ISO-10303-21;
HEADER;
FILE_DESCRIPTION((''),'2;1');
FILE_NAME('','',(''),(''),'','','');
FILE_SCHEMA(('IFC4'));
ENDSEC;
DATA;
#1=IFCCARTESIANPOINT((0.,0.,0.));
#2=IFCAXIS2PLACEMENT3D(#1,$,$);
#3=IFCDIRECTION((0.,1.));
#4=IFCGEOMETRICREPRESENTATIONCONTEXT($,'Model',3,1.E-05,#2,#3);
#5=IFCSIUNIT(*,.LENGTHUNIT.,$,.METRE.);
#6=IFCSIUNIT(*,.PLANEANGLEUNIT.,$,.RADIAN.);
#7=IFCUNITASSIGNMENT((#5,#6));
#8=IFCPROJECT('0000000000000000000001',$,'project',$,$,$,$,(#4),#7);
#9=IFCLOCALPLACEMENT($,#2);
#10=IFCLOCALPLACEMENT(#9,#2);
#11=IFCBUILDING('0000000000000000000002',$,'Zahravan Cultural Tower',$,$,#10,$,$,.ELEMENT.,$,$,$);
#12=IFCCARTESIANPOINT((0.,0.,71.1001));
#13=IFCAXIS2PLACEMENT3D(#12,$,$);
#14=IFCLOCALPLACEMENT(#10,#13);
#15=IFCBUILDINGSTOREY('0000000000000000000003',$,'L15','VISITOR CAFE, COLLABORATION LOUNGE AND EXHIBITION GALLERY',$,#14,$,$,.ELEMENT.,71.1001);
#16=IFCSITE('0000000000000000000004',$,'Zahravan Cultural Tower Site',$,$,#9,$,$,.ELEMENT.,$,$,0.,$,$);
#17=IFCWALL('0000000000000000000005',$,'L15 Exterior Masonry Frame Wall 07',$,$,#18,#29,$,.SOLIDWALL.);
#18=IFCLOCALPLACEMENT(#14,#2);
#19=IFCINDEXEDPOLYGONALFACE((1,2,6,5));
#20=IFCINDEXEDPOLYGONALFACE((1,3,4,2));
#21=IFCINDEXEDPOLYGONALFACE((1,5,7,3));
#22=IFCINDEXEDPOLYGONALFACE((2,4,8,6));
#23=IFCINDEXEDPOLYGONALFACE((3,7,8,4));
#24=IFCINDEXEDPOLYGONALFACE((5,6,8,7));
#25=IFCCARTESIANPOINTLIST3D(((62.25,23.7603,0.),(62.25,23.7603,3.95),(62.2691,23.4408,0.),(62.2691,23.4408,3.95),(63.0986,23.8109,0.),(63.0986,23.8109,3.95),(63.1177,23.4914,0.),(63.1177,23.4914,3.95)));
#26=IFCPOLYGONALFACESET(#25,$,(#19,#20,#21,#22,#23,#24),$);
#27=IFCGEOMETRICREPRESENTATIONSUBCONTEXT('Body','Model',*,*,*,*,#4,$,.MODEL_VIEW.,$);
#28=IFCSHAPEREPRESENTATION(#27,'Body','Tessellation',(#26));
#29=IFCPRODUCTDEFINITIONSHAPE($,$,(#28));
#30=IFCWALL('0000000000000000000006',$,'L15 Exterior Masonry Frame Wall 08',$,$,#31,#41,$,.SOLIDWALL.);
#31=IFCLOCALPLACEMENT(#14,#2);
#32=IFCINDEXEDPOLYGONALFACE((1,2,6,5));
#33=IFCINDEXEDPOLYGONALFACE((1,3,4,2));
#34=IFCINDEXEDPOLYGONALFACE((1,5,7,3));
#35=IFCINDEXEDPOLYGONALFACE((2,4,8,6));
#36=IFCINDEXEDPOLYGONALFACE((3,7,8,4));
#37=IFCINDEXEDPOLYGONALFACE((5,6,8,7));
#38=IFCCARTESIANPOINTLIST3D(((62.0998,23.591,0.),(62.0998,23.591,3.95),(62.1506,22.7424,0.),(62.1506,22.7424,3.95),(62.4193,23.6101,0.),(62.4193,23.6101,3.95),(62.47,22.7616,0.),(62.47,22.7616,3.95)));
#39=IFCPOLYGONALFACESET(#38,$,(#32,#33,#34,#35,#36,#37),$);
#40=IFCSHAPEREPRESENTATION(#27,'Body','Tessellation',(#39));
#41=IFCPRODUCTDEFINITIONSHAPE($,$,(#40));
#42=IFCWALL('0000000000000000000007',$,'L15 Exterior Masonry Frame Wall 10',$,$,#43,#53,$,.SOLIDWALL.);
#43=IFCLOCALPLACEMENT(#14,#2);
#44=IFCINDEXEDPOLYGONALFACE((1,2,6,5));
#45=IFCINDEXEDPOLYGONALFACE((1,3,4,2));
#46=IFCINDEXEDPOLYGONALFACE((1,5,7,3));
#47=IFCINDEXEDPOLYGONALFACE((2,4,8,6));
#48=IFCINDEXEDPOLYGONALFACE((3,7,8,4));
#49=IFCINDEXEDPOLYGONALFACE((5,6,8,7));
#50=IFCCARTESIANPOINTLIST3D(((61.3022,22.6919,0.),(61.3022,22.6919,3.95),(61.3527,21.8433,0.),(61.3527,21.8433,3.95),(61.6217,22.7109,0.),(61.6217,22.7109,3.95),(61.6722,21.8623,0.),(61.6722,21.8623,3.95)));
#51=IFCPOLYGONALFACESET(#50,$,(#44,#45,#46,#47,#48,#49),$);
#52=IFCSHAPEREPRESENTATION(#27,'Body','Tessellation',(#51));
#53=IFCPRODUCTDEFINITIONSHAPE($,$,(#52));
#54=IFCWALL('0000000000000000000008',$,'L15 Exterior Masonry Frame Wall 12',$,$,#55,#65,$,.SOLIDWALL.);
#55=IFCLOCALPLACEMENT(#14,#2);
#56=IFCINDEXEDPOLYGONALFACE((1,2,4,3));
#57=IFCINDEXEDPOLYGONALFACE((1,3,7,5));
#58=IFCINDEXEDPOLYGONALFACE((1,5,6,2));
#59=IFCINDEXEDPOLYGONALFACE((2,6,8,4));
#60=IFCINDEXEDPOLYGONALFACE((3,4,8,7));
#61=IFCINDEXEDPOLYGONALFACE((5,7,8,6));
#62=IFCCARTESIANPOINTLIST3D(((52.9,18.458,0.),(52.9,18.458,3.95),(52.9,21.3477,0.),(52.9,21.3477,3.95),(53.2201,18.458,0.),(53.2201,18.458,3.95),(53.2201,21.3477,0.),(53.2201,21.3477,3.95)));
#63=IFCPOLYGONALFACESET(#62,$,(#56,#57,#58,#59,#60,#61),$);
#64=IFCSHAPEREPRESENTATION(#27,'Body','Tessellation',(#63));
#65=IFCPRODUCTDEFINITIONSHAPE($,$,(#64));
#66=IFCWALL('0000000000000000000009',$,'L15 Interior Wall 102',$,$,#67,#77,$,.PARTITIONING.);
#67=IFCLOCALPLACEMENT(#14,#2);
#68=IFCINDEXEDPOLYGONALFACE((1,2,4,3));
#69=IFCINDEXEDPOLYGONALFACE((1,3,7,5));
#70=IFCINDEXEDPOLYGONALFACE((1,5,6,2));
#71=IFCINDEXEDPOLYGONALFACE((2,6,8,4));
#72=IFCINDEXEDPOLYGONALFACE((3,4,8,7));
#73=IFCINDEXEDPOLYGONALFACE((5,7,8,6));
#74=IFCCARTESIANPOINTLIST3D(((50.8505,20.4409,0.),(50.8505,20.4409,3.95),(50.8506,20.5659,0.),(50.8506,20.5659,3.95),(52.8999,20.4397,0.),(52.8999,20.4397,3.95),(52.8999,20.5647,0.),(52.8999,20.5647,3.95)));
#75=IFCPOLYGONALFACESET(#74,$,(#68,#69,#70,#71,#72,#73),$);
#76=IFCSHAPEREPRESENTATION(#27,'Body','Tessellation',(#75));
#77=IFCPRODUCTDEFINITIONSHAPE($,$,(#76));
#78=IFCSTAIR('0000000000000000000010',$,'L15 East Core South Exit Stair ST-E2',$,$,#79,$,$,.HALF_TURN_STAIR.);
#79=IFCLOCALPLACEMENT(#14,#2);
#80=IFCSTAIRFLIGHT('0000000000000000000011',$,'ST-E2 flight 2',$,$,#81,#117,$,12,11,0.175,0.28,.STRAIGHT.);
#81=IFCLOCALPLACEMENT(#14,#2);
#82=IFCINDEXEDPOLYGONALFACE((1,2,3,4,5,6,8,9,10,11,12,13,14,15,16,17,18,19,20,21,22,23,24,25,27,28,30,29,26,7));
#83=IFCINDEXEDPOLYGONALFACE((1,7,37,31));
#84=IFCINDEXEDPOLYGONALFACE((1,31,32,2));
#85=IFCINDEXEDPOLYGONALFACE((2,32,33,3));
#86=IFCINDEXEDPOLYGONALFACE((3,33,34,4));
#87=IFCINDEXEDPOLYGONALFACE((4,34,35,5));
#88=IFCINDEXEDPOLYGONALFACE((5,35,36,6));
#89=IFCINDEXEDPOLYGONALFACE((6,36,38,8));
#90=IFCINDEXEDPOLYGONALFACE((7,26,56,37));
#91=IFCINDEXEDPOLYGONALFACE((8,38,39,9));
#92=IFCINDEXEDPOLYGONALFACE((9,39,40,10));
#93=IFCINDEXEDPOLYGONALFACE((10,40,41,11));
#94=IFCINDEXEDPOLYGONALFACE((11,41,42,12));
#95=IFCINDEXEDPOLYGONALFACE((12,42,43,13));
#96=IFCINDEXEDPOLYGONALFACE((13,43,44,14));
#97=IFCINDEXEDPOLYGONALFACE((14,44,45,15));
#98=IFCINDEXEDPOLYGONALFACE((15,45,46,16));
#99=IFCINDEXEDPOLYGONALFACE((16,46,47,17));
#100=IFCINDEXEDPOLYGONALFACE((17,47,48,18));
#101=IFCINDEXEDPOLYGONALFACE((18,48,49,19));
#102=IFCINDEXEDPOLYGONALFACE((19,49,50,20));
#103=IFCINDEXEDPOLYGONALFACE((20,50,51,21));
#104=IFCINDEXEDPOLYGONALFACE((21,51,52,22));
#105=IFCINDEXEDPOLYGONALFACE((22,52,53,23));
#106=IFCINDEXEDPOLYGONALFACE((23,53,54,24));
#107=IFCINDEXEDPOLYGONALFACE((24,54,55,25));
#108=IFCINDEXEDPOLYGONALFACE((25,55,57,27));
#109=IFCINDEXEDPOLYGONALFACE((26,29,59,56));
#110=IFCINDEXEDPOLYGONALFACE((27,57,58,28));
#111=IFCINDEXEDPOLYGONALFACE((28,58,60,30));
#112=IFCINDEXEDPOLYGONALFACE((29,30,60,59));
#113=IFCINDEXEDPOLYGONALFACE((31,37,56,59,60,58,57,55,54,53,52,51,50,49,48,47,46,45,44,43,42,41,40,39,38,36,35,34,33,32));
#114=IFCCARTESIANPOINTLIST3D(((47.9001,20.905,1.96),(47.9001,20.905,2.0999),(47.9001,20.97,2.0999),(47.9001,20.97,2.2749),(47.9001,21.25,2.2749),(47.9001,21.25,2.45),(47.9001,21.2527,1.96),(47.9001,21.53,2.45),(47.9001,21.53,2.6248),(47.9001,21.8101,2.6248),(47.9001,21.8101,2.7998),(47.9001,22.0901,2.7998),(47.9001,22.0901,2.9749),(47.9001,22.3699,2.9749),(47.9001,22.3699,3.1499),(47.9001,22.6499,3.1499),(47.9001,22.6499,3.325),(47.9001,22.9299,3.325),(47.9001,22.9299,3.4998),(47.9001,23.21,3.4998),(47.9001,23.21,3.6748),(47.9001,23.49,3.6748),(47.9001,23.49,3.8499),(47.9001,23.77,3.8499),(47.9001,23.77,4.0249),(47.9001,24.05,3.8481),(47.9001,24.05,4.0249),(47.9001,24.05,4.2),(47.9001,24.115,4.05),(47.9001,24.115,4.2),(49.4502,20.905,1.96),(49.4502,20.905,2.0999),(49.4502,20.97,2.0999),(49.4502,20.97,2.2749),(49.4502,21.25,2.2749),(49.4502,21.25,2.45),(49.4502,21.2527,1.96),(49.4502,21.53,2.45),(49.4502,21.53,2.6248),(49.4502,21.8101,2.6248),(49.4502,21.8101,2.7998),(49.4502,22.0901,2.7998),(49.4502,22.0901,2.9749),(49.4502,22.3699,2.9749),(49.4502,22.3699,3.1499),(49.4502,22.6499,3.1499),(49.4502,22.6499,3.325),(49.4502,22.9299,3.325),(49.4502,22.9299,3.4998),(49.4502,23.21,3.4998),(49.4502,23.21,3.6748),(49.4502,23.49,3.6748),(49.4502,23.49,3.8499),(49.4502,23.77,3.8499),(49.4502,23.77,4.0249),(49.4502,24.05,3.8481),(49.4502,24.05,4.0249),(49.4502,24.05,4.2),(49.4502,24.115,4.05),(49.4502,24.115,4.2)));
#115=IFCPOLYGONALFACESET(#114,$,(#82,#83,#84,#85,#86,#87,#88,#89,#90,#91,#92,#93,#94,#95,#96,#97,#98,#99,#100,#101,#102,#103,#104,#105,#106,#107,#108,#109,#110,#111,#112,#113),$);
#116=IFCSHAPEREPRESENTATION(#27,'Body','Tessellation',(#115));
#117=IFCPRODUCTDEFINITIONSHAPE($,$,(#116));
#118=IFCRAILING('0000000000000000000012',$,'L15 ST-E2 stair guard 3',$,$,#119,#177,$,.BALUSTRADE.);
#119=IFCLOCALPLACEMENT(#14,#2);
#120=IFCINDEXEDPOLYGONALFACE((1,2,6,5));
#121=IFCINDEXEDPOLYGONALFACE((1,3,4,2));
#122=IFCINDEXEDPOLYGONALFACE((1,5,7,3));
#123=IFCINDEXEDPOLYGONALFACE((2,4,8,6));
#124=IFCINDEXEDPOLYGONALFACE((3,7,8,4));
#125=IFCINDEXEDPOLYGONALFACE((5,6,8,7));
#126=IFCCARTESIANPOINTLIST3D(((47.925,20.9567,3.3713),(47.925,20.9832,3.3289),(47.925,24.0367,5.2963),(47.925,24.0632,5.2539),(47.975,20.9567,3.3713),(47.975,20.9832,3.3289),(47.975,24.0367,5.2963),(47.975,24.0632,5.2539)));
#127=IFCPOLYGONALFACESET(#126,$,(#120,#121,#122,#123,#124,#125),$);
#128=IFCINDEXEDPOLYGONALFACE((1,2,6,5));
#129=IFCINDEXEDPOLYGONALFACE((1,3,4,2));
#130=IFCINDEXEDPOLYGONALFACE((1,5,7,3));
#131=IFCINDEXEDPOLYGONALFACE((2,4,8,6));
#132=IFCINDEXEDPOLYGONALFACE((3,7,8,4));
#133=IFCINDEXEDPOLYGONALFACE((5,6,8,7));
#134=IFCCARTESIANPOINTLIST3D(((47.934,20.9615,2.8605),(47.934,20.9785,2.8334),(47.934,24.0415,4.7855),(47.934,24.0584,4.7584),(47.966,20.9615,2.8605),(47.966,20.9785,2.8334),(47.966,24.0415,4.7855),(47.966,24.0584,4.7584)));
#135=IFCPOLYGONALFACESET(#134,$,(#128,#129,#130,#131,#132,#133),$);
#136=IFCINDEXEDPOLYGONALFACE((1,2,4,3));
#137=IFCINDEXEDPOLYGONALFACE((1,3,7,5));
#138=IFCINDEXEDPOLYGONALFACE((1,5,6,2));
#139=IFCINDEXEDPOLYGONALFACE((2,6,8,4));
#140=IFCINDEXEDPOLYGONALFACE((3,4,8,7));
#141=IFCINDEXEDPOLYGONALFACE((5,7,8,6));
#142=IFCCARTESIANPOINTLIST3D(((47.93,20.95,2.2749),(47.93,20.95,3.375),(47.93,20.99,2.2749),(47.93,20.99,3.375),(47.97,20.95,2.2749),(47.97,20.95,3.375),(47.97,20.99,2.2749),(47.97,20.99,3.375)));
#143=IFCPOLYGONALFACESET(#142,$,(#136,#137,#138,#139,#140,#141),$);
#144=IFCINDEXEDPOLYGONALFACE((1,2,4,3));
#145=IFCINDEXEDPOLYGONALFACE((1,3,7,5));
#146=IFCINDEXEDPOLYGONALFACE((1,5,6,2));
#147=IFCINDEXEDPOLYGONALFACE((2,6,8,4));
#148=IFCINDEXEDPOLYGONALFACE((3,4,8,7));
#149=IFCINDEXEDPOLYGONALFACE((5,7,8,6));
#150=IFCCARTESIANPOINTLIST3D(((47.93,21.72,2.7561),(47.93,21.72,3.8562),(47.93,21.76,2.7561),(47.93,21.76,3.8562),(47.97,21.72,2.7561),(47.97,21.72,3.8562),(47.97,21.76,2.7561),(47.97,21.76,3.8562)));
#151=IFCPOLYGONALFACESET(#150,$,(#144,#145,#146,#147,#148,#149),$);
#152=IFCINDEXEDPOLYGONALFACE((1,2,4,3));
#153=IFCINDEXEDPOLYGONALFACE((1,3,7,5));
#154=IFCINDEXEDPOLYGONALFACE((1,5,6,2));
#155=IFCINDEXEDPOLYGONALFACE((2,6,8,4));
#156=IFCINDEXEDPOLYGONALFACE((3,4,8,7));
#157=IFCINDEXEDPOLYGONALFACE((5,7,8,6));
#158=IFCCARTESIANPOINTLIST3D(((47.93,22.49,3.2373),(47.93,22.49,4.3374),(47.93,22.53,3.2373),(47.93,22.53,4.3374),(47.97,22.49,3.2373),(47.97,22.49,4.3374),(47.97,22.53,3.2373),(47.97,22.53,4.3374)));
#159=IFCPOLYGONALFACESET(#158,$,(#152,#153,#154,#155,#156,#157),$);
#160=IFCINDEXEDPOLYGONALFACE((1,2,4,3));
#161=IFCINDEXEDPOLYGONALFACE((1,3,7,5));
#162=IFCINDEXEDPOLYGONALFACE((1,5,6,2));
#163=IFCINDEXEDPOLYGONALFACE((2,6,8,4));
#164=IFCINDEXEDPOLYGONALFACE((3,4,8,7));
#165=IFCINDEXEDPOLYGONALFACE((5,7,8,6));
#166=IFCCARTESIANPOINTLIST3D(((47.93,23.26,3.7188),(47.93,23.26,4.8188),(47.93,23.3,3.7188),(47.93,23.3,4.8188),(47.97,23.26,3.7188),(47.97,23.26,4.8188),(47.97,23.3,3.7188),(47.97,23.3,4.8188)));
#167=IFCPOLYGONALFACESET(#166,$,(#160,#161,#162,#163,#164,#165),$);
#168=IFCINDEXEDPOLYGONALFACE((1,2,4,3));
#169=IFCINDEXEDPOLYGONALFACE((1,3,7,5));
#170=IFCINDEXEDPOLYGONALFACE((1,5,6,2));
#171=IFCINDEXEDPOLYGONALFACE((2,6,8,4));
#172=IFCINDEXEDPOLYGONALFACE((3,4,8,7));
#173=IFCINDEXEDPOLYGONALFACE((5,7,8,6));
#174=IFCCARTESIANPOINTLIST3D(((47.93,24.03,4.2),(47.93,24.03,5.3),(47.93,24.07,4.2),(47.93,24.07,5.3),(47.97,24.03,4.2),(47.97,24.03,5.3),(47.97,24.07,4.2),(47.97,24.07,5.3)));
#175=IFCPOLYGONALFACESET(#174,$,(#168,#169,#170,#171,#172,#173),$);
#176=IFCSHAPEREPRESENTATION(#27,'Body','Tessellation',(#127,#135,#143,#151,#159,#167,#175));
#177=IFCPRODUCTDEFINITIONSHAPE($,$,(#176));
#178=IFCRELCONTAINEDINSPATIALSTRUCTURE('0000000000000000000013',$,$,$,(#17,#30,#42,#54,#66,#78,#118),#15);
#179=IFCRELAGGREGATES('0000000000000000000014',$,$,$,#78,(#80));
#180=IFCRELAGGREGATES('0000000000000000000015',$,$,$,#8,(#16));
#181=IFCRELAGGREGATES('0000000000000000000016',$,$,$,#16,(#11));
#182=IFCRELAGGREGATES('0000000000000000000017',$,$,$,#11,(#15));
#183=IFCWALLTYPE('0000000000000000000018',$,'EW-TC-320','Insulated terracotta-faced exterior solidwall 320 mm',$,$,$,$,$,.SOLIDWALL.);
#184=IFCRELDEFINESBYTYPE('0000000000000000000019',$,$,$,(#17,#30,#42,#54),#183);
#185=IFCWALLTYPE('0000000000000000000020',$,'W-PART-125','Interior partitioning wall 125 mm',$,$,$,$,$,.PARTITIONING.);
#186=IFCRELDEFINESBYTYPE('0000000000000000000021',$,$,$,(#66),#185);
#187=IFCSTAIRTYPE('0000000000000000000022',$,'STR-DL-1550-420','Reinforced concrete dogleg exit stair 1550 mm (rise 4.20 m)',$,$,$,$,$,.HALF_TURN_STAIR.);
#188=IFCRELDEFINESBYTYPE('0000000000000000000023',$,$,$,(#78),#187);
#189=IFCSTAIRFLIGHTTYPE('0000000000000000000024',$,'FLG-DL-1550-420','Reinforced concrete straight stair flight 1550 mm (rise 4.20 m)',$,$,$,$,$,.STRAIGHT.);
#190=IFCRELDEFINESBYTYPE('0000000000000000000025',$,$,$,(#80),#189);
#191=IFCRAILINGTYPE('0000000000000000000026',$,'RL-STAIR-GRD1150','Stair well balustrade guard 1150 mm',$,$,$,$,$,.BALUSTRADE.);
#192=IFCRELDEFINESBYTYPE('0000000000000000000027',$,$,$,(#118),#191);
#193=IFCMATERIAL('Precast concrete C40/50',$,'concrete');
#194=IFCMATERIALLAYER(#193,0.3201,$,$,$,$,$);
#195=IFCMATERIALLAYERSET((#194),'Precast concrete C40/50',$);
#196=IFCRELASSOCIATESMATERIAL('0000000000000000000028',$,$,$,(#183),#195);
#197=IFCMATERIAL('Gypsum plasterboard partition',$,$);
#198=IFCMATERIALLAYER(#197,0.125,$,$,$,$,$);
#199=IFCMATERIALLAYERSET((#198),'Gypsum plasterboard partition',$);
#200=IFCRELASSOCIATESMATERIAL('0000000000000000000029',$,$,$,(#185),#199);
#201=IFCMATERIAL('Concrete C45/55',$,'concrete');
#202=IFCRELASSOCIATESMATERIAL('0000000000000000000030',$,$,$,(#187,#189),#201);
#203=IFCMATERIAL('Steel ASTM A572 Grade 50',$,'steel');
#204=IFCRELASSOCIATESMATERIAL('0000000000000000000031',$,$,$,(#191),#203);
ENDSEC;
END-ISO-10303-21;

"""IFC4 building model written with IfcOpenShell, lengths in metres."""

from ifc_helpers import new_model, si_unit, direction, frame, frame_2d, origin, origin_2d, place, context, subcontext, project, spatial, polyline, rectangle, outline, extrude, source, transform, mapped, material, layer, layer_set, type_object, element, aggregate, save


model = new_model("IFC4")

# Units and contexts
model_context = context("Model", 3, precision=1e-05, world=origin(), true_north=direction((0.0, 1.0)))
body_context = subcontext(model_context, "Body", "Model", "MODEL_VIEW")
ifc_project = project(units=[si_unit("LENGTHUNIT", "METRE"), si_unit("PLANEANGLEUNIT", "RADIAN")], contexts=[model_context])

# Site, building, storey
site_placement = place(None, origin())
site = spatial("IfcSite", under=ifc_project, at=site_placement, Name="Zahravan Cultural Tower Site", CompositionType="ELEMENT", RefElevation=0.0)
building_placement = place(site_placement, origin())
building = spatial("IfcBuilding", under=site, at=building_placement, Name="Zahravan Cultural Tower", CompositionType="ELEMENT")
storey_placement = place(building_placement, frame((0.0, 0.0, 71.1001)))
storey = spatial("IfcBuildingStorey", under=building, at=storey_placement, Name="L15", Description="VISITOR CAFE, COLLABORATION LOUNGE AND EXHIBITION GALLERY", CompositionType="ELEMENT", Elevation=71.1001)

# Shared definitions
ifc_material_1 = material(Name="Steel ASTM A572 Grade 50", Category="steel")

# Shared definitions
ifc_material_2 = material(Name="Precast concrete C40/50", Category="concrete")
ifc_layer_1 = layer(ifc_material_2, 0.3201)
ifc_layer_set_1 = layer_set([ifc_layer_1], Name="Precast concrete C40/50")
wall_type_1 = type_object("IfcWallType", Name="EW-TC-320", Description="Insulated terracotta-faced exterior solidwall 320 mm", PredefinedType="SOLIDWALL", material=ifc_layer_set_1)

# Shared definitions
ifc_material_3 = material(Name="Gypsum plasterboard partition")
ifc_layer_2 = layer(ifc_material_3, 0.125)
ifc_layer_set_2 = layer_set([ifc_layer_2], Name="Gypsum plasterboard partition")
wall_type_2 = type_object("IfcWallType", Name="W-PART-125", Description="Interior partitioning wall 125 mm", PredefinedType="PARTITIONING", material=ifc_layer_set_2)

# Walls
shared_shape_1 = source(origin(), body_context, "Body", "SweptSolid", [
    extrude(rectangle(XDim=0.8501, YDim=0.3201, at=frame_2d((0.425, 0.0))), origin(), (0.0, 0.0, 1.0), 3.95),
])
for number, where, z_axis, x_axis, name in (
    (1, (63.1082, 23.6511, 0.0), (0.0, 0.0, 1.0), (-0.998232, -0.059446, 0.0), "L15 Exterior Masonry Frame Wall 07"),
    (2, (62.2595, 23.6006, 0.0), (0.0, 0.0, 1.0), (0.059732, -0.998214, 0.0), "L15 Exterior Masonry Frame Wall 08"),
    (3, (61.4619, 22.7014, 0.0), (0.0, 0.0, 1.0), (0.059446, -0.998232, 0.0), "L15 Exterior Masonry Frame Wall 10"),
):
    element("IfcWall", number, at=place(storey_placement, frame(where, z_axis=z_axis, x_axis=x_axis)), inside=storey, type_object=wall_type_1, Name=name, PredefinedType="SOLIDWALL", context=body_context, shape_type="MappedRepresentation", body=[
        mapped(shared_shape_1, transform((0.0, 0.0, 0.0), x_axis=(1.0, 0.0, 0.0), y_axis=(0.0, 1.0, 0.0), z_axis=(0.0, 0.0, 1.0), scale=1.0)),
    ])
shared_shape_2 = source(origin(), body_context, "Body", "SweptSolid", [
    extrude(rectangle(XDim=2.8896, YDim=0.3201, at=frame_2d((1.4448, 0.0))), origin(), (0.0, 0.0, 1.0), 3.95),
])
wall_1_placement = place(storey_placement, frame((53.0601, 21.3477, 0.0), z_axis=(0.0, 0.0, 1.0), x_axis=(0.0, -1.0, 0.0)))
element("IfcWall", 4, at=wall_1_placement, inside=storey, type_object=wall_type_1, Name="L15 Exterior Masonry Frame Wall 12", PredefinedType="SOLIDWALL", context=body_context, shape_type="MappedRepresentation", body=[
    mapped(shared_shape_2, transform((0.0, 0.0, 0.0), x_axis=(1.0, 0.0, 0.0), y_axis=(0.0, 1.0, 0.0), z_axis=(0.0, 0.0, 1.0), scale=1.0)),
])
shared_shape_3 = source(origin(), body_context, "Body", "SweptSolid", [
    extrude(rectangle(XDim=2.0493, YDim=0.125, at=frame_2d((1.0247, 0.0))), origin(), (0.0, 0.0, 1.0), 3.95),
])
wall_2_placement = place(storey_placement, frame((50.8506, 20.5034, 0.0), z_axis=(0.0, 0.0, 1.0), x_axis=(1.0, -0.000596, 0.0)))
element("IfcWall", 5, at=wall_2_placement, inside=storey, type_object=wall_type_2, Name="L15 Interior Wall 102", PredefinedType="PARTITIONING", context=body_context, shape_type="MappedRepresentation", body=[
    mapped(shared_shape_3, transform((0.0, 0.0, 0.0), x_axis=(1.0, 0.0, 0.0), y_axis=(0.0, 1.0, 0.0), z_axis=(0.0, 0.0, 1.0), scale=1.0)),
])

# Stair, stair flight
ifc_material_4 = material(Name="Concrete C45/55", Category="concrete")
stair_type = type_object("IfcStairType", Name="STR-DL-1550-420", Description="Reinforced concrete dogleg exit stair 1550 mm (rise 4.20 m)", PredefinedType="HALF_TURN_STAIR", material=ifc_material_4)
stair_placement = place(storey_placement, origin())
stair = element("IfcStair", 6, at=stair_placement, inside=storey, type_object=stair_type, Name="L15 East Core South Exit Stair ST-E2", PredefinedType="HALF_TURN_STAIR")
stair_flight_type = type_object("IfcStairFlightType", Name="FLG-DL-1550-420", Description="Reinforced concrete straight stair flight 1550 mm (rise 4.20 m)", PredefinedType="STRAIGHT", material=ifc_material_4)
stair_flight_placement = place(storey_placement, frame((48.675, 20.97, 2.0999), z_axis=(0.0, 0.0, 1.0), x_axis=(0.0, 1.0, 0.0)))
stair_flight = element("IfcStairFlight", 7, at=stair_flight_placement, type_object=stair_flight_type, Name="ST-E2 flight 2", NumberOfRisers=12, NumberOfTreads=11, PredefinedType="STRAIGHT", RiserHeight=0.175, TreadLength=0.28, context=body_context, shape_type="SweptSolid", body=[
    extrude(outline(polyline([(-0.0649, -0.1399), (-0.0649, 0.0), (0.0, 0.0), (0.0, 0.175), (0.28, 0.175), (0.28, 0.3501), (0.5601, 0.3501), (0.5601, 0.5249), (0.8401, 0.5249), (0.8401, 0.7), (1.1201, 0.7), (1.1201, 0.875), (1.3999, 0.875), (1.3999, 1.05), (1.6799, 1.05), (1.6799, 1.2251), (1.96, 1.2251), (1.96, 1.3999), (2.24, 1.3999), (2.24, 1.575), (2.52, 1.575), (2.52, 1.75), (2.8, 1.75), (2.8, 1.925), (3.0801, 1.925), (3.0801, 2.1001), (3.145, 2.1001), (3.145, 1.9502), (3.0801, 1.7483), (0.2827, -0.1399), (-0.0649, -0.1399)])), frame((0.0, 0.7749, 0.0), z_axis=(0.0, -1.0, 0.0), x_axis=(1.0, 0.0, 0.0)), (0.0, 0.0, 1.0), 1.55),
])
aggregate(stair, [stair_flight])

# Railing
railing_type_1 = type_object("IfcRailingType", Name="RL-STAIR-GRD1150", Description="Stair well balustrade guard 1150 mm", PredefinedType="BALUSTRADE", material=ifc_material_1)
railing_1_placement = place(storey_placement, frame((47.95, 20.97, 2.2749)))
element("IfcRailing", 8, at=railing_1_placement, inside=storey, type_object=railing_type_1, Name="L15 ST-E2 stair guard 3", PredefinedType="BALUSTRADE", context=body_context, shape_type="SweptSolid", body=[
    extrude(rectangle(XDim=0.05, YDim=0.05, at=origin_2d()), frame((0.0, 0.0, 1.0752), z_axis=(0.0, 0.847998, 0.529999), x_axis=(-1.0, 0.0, 0.0)), (0.0, 0.0, 1.0), 3.6321),
    extrude(rectangle(XDim=0.032, YDim=0.032, at=origin_2d()), frame((0.0, 0.0, 0.572), z_axis=(0.0, 0.847998, 0.529999), x_axis=(-1.0, 0.0, 0.0)), (0.0, 0.0, 1.0), 3.6321),
    extrude(rectangle(XDim=0.04, YDim=0.04, at=origin_2d()), origin(), (0.0, 0.0, 1.0), 1.1001),
    extrude(rectangle(XDim=0.04, YDim=0.04, at=origin_2d()), frame((0.0, 0.77, 0.4812)), (0.0, 0.0, 1.0), 1.1001),
    extrude(rectangle(XDim=0.04, YDim=0.04, at=origin_2d()), frame((0.0, 1.54, 0.9624)), (0.0, 0.0, 1.0), 1.1001),
    extrude(rectangle(XDim=0.04, YDim=0.04, at=origin_2d()), frame((0.0, 2.3101, 1.4438)), (0.0, 0.0, 1.0), 1.1001),
    extrude(rectangle(XDim=0.04, YDim=0.04, at=origin_2d()), frame((0.0, 3.0801, 1.925)), (0.0, 0.0, 1.0), 1.1001),
])

save(model, "model.ifc")
